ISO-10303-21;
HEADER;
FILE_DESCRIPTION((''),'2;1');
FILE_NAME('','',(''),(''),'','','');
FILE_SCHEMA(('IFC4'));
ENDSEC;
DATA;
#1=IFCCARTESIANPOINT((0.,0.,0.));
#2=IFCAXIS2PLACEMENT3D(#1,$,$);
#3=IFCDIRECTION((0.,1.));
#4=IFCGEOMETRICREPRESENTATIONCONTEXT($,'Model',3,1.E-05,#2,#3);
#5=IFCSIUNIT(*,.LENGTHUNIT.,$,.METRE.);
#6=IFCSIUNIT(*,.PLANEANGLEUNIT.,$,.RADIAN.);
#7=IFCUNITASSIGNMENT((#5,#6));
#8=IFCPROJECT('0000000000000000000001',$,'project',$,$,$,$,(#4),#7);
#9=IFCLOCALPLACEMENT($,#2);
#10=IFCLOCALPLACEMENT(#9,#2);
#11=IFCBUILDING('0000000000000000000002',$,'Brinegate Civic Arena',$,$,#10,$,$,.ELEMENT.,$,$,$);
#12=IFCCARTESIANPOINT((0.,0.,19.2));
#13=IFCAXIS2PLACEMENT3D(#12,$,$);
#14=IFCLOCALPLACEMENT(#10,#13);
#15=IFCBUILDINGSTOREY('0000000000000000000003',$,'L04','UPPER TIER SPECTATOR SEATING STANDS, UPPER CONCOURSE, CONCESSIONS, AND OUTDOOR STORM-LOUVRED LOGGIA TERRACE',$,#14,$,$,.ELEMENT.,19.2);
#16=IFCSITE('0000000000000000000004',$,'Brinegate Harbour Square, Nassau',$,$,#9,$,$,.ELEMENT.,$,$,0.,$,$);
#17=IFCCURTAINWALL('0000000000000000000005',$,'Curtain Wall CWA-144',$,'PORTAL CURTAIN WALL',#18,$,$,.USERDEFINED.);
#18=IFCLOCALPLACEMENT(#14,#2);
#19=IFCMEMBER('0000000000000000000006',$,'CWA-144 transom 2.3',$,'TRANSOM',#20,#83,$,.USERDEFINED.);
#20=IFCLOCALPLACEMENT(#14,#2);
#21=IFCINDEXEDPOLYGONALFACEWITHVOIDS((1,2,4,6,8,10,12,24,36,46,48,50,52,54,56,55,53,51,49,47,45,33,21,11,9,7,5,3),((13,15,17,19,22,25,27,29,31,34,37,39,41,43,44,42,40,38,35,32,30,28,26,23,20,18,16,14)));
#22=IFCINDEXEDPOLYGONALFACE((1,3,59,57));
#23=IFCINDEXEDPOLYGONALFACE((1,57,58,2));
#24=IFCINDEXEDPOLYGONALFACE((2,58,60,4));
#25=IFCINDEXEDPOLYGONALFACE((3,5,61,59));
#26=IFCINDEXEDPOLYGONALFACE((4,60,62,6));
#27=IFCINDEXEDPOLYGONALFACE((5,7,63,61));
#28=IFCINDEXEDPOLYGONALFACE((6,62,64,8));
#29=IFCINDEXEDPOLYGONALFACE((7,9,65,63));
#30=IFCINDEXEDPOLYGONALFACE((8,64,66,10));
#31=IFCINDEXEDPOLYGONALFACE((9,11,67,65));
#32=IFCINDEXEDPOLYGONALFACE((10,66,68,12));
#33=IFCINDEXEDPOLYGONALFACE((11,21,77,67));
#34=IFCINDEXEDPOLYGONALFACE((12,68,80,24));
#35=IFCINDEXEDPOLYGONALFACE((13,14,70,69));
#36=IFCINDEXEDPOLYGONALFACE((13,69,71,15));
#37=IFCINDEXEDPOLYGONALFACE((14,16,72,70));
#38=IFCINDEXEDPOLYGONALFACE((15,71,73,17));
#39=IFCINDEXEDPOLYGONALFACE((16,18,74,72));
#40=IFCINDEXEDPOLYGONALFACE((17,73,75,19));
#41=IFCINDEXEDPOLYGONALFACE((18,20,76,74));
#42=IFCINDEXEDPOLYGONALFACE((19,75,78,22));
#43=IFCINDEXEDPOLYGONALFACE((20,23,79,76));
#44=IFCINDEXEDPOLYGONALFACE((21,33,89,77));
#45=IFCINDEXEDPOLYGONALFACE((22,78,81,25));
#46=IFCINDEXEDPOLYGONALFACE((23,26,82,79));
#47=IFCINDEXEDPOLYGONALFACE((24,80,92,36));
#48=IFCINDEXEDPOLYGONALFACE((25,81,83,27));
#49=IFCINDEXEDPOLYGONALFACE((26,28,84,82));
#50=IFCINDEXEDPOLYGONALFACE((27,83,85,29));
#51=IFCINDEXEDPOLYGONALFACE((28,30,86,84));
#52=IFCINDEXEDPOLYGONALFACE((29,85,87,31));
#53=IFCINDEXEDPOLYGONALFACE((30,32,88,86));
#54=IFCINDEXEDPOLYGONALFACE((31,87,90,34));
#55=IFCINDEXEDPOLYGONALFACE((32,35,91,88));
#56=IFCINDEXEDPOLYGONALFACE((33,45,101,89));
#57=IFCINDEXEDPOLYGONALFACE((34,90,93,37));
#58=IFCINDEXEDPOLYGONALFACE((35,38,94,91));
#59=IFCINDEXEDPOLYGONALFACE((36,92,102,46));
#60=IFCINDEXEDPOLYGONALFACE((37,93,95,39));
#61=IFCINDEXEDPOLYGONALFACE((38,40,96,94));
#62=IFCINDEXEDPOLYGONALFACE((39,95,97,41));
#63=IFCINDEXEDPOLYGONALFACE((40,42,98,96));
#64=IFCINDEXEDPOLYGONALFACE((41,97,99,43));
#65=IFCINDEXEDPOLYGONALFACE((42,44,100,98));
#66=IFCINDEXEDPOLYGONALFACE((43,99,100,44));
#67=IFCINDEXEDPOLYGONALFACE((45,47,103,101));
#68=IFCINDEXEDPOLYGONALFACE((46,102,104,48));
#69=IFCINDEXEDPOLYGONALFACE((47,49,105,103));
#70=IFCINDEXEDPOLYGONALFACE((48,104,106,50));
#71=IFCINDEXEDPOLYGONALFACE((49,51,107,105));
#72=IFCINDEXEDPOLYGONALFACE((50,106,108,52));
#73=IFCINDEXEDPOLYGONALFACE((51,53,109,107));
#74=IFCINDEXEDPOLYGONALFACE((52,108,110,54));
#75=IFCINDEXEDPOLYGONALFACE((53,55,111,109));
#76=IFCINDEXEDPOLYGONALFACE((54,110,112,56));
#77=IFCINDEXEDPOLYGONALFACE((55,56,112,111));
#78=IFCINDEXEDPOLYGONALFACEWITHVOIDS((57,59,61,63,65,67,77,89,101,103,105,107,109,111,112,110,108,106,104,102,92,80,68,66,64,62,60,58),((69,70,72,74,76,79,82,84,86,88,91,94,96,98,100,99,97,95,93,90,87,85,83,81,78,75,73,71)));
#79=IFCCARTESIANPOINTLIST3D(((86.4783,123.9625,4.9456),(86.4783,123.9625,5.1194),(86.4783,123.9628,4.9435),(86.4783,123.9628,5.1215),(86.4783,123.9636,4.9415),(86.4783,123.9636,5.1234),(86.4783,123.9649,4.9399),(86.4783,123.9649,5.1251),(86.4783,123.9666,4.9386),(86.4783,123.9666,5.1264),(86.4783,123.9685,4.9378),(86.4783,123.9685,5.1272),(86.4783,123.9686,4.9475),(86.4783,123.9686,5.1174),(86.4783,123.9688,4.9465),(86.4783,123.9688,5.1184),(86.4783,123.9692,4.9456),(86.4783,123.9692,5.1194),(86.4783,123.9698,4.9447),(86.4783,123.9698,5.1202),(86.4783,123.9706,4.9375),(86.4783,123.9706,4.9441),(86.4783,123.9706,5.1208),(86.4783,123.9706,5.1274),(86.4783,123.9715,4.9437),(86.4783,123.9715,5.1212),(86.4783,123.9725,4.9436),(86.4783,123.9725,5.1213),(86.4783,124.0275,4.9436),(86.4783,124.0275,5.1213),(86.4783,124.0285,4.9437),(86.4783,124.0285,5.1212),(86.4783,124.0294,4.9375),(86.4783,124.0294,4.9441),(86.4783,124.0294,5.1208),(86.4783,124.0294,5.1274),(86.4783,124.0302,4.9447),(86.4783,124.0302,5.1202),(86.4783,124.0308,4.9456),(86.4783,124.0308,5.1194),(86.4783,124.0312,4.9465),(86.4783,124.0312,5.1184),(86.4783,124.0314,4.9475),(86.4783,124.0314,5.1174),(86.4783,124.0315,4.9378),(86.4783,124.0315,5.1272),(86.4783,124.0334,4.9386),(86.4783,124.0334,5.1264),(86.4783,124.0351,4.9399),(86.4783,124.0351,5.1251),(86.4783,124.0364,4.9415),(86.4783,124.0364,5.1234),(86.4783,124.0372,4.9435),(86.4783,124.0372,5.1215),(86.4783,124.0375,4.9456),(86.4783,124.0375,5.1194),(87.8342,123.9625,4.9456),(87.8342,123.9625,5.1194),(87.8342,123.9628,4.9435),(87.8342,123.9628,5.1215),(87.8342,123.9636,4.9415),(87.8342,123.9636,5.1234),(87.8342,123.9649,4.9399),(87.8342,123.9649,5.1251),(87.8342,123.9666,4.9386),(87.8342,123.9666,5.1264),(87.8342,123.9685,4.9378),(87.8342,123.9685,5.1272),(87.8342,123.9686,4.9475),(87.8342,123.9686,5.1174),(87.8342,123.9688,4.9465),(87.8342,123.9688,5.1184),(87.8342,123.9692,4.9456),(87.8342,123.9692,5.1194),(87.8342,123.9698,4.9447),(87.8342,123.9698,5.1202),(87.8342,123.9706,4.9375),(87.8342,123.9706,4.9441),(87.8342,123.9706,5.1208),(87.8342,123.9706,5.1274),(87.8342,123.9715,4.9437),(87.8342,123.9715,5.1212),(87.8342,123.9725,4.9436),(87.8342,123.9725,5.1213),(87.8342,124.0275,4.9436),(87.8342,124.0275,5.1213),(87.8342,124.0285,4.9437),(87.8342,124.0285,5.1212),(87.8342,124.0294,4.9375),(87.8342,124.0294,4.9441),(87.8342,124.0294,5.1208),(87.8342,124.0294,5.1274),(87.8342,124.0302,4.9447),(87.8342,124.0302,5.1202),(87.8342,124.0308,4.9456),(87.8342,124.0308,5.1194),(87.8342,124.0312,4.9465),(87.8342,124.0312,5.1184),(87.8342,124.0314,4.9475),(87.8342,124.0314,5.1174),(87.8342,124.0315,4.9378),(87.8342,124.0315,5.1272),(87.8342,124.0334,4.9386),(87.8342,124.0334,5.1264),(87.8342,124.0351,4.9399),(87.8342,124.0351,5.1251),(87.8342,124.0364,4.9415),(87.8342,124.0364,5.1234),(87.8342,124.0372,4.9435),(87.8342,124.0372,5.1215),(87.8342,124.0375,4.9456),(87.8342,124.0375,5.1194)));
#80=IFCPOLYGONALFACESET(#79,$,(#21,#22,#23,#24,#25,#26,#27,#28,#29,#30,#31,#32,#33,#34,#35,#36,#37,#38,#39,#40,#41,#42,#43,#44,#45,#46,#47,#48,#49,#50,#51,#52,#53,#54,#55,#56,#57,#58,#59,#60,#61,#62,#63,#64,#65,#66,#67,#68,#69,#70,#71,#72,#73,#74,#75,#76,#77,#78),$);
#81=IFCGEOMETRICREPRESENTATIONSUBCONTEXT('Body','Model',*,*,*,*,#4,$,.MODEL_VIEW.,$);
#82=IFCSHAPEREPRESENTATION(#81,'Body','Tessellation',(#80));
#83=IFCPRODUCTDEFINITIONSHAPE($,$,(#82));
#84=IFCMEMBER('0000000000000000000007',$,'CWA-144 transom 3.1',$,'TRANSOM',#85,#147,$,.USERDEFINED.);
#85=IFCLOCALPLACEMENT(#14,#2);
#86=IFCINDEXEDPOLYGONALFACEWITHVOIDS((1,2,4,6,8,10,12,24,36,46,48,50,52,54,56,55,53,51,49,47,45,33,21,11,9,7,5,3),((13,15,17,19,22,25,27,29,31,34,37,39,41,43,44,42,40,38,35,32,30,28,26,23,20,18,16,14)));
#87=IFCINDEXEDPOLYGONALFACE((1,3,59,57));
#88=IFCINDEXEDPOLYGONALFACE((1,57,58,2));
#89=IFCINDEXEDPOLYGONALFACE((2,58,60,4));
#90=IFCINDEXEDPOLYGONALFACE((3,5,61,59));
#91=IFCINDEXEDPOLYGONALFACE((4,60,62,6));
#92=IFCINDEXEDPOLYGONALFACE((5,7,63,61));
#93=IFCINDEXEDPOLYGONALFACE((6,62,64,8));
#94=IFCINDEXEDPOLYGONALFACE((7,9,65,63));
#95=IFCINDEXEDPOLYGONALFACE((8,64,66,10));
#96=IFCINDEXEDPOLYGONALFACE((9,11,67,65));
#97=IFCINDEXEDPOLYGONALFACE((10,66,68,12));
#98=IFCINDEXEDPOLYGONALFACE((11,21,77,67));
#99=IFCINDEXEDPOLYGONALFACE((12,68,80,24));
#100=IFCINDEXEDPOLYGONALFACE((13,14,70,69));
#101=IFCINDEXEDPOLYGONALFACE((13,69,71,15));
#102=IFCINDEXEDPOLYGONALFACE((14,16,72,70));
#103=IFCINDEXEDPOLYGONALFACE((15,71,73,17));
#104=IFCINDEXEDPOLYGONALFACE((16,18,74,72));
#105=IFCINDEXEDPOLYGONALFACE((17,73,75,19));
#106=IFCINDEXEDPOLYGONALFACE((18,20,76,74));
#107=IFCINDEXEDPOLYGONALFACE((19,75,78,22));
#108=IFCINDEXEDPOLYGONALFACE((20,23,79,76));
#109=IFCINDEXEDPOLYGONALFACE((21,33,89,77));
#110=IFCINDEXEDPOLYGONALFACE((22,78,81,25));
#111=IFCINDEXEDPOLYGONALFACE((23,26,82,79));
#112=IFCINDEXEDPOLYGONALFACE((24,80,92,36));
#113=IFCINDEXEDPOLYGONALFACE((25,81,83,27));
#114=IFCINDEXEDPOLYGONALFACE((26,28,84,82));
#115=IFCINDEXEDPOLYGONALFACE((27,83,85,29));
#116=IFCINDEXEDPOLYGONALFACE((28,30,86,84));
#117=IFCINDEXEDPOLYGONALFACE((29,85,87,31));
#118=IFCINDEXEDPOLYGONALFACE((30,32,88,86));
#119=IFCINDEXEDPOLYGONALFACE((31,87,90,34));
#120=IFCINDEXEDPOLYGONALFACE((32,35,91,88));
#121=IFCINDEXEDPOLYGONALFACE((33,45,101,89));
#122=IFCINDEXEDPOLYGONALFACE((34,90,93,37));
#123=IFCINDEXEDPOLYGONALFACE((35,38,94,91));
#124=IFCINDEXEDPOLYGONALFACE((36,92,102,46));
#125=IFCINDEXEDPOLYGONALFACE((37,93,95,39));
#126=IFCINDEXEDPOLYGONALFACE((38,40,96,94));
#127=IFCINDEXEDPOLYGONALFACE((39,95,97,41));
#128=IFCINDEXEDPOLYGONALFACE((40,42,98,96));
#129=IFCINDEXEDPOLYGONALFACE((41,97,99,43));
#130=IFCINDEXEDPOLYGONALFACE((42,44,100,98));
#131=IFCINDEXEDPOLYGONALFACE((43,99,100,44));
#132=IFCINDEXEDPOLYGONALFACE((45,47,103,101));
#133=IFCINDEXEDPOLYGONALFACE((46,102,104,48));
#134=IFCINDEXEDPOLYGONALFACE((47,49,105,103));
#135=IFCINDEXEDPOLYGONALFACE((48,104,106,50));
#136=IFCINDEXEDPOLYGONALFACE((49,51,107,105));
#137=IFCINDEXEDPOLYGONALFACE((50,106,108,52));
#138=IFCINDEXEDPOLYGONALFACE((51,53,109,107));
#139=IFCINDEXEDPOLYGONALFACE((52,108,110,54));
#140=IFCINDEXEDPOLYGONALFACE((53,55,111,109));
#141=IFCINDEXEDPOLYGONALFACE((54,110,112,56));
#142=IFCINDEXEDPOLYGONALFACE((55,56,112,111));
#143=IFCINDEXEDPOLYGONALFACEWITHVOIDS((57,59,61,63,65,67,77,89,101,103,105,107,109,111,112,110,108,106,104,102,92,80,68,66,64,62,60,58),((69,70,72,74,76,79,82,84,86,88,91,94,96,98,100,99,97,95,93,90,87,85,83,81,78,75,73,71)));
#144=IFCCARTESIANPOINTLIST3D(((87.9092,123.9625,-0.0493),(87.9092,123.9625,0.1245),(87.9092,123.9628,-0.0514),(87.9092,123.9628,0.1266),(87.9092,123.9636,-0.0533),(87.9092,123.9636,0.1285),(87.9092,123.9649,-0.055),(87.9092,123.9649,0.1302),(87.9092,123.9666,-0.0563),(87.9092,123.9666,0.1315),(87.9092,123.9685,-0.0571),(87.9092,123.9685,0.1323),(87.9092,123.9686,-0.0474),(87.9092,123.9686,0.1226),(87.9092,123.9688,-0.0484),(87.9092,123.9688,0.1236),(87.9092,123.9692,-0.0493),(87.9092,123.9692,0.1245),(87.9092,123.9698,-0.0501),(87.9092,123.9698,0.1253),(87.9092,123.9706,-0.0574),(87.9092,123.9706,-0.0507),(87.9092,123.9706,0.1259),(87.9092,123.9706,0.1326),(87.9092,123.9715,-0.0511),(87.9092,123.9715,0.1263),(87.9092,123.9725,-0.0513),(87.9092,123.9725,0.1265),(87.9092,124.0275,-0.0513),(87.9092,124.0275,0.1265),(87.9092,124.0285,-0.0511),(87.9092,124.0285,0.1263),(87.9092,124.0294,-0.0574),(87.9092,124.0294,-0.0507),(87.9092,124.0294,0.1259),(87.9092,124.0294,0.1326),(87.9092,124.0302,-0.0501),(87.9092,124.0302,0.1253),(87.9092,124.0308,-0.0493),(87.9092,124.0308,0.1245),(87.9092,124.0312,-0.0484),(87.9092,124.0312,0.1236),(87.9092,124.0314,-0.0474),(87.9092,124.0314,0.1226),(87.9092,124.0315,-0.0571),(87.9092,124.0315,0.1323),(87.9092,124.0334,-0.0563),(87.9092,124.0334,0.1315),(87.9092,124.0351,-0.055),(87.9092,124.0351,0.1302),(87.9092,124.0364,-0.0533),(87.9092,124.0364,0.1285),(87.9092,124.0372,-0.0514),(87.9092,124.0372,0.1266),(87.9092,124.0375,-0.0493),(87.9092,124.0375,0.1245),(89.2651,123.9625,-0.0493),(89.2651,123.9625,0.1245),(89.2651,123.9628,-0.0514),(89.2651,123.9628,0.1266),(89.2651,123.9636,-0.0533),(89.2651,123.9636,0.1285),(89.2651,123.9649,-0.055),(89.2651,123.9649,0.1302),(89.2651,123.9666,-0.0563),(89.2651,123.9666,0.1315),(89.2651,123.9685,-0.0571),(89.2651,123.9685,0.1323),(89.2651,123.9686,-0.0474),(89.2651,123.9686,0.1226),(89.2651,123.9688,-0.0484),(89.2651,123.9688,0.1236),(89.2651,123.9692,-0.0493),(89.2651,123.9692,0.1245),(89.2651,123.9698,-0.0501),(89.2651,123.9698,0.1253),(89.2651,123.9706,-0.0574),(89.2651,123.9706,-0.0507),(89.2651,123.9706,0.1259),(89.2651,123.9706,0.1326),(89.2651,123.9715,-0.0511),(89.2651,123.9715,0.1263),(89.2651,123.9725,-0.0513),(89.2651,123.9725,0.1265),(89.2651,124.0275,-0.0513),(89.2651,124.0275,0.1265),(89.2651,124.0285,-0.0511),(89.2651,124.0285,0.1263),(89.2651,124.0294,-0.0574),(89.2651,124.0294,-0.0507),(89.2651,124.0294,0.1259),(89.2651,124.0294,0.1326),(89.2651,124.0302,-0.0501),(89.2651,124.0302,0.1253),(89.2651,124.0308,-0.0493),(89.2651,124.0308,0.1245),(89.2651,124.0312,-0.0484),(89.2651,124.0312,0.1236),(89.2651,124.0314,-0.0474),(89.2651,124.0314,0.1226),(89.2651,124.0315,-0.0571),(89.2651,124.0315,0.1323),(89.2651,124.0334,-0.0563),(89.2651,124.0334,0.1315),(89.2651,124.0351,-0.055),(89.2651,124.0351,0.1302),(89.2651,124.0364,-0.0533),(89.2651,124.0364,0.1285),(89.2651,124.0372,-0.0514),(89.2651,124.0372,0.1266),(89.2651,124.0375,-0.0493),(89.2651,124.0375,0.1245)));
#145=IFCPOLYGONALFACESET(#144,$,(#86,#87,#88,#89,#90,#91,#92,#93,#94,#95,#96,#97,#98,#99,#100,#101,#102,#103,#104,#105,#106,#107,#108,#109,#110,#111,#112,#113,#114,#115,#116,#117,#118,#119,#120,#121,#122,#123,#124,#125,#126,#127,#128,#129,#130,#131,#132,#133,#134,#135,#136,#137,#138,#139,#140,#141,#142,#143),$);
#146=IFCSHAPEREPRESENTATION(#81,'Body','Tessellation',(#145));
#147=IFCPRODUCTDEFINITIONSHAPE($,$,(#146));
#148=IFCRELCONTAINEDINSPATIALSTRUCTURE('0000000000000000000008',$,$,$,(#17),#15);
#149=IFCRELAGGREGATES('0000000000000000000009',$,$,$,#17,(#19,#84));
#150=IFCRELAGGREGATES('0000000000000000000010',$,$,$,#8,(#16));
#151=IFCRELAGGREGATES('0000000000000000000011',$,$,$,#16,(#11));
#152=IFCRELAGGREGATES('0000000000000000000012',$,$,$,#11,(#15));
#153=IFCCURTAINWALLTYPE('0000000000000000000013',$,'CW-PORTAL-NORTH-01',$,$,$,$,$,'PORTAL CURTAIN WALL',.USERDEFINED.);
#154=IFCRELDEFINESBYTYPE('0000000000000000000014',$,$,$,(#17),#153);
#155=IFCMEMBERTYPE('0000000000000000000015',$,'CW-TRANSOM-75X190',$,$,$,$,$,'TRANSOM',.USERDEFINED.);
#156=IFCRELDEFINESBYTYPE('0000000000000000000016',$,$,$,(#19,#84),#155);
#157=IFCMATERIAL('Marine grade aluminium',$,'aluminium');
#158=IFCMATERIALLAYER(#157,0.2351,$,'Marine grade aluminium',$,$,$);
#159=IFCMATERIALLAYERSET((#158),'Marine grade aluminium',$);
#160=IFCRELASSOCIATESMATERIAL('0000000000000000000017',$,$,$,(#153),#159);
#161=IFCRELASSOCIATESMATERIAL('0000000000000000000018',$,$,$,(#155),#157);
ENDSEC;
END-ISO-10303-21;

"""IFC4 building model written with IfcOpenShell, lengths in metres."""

from ifc_helpers import new_model, si_unit, direction, frame, origin, origin_2d, place, context, subcontext, project, spatial, hollow_rectangle, extrude, material, layer, layer_set, material_profile, profile_set, type_object, element, aggregate, save


model = new_model("IFC4")

# Units and contexts
model_context = context("Model", 3, precision=1e-05, world=origin(), true_north=direction((0.0, 1.0)))
body_context = subcontext(model_context, "Body", "Model", "MODEL_VIEW")
ifc_project = project(units=[si_unit("LENGTHUNIT", "METRE"), si_unit("PLANEANGLEUNIT", "RADIAN")], contexts=[model_context])

# Site, building, storey
site_placement = place(None, origin())
site = spatial("IfcSite", under=ifc_project, at=site_placement, Name="Brinegate Harbour Square, Nassau", CompositionType="ELEMENT", RefElevation=0.0)
building_placement = place(site_placement, origin())
building = spatial("IfcBuilding", under=site, at=building_placement, Name="Brinegate Civic Arena", CompositionType="ELEMENT")
storey_placement = place(building_placement, frame((0.0, 0.0, 19.2)))
storey = spatial("IfcBuildingStorey", under=building, at=storey_placement, Name="L04", Description="UPPER TIER SPECTATOR SEATING STANDS, UPPER CONCOURSE, CONCESSIONS, AND OUTDOOR STORM-LOUVRED LOGGIA TERRACE", CompositionType="ELEMENT", Elevation=19.2)

# Curtain wall, members
ifc_material_1 = material(Name="Marine grade aluminium", Category="aluminium")
ifc_layer_1 = layer(ifc_material_1, 0.2351, Name="Marine grade aluminium")
ifc_layer_set_1 = layer_set([ifc_layer_1], Name="Marine grade aluminium")
curtain_wall_type = type_object("IfcCurtainWallType", Name="CW-PORTAL-NORTH-01", ElementType="PORTAL CURTAIN WALL", PredefinedType="USERDEFINED", material=ifc_layer_set_1)
curtain_wall_placement = place(storey_placement, origin())
curtain_wall = element("IfcCurtainWall", 1, at=curtain_wall_placement, inside=storey, type_object=curtain_wall_type, Name="Curtain Wall CWA-144", ObjectType="PORTAL CURTAIN WALL", PredefinedType="USERDEFINED")
ifc_material_profile_1 = material_profile(ifc_material_1, hollow_rectangle(XDim=0.075, YDim=0.1899, WallThickness=0.0061, InnerFilletRadius=0.0039, OuterFilletRadius=0.0081, at=origin_2d()), Name="TRN75X190")
ifc_profile_set_1 = profile_set([ifc_material_profile_1], Name="Marine grade aluminium")
member_type_1 = type_object("IfcMemberType", Name="CW-TRANSOM-75X190", ElementType="TRANSOM", PredefinedType="USERDEFINED", material=ifc_profile_set_1)
member_1_placement = place(storey_placement, frame((86.4783, 124.0, 5.0325), z_axis=(1.0, 0.0, 0.0), x_axis=(0.0, 1.0, 0.0)))
member_1 = element("IfcMember", 2, at=member_1_placement, type_object=member_type_1, Name="CWA-144 transom 2.3", ObjectType="TRANSOM", PredefinedType="USERDEFINED", context=body_context, shape_type="SweptSolid", body=[
    extrude(hollow_rectangle(XDim=0.075, YDim=0.1899, WallThickness=0.0061, InnerFilletRadius=0.0039, OuterFilletRadius=0.0081, at=origin_2d()), origin(), (0.0, 0.0, 1.0), 1.356),
])
member_2_placement = place(storey_placement, frame((87.9092, 124.0, 0.0376), z_axis=(1.0, 0.0, 0.0), x_axis=(0.0, 1.0, 0.0)))
member_2 = element("IfcMember", 3, at=member_2_placement, type_object=member_type_1, Name="CWA-144 transom 3.1", ObjectType="TRANSOM", PredefinedType="USERDEFINED", context=body_context, shape_type="SweptSolid", body=[
    extrude(hollow_rectangle(XDim=0.075, YDim=0.1899, WallThickness=0.0061, InnerFilletRadius=0.0039, OuterFilletRadius=0.0081, at=origin_2d()), origin(), (0.0, 0.0, 1.0), 1.356),
])
aggregate(curtain_wall, [member_1, member_2])

save(model, "model.ifc")
